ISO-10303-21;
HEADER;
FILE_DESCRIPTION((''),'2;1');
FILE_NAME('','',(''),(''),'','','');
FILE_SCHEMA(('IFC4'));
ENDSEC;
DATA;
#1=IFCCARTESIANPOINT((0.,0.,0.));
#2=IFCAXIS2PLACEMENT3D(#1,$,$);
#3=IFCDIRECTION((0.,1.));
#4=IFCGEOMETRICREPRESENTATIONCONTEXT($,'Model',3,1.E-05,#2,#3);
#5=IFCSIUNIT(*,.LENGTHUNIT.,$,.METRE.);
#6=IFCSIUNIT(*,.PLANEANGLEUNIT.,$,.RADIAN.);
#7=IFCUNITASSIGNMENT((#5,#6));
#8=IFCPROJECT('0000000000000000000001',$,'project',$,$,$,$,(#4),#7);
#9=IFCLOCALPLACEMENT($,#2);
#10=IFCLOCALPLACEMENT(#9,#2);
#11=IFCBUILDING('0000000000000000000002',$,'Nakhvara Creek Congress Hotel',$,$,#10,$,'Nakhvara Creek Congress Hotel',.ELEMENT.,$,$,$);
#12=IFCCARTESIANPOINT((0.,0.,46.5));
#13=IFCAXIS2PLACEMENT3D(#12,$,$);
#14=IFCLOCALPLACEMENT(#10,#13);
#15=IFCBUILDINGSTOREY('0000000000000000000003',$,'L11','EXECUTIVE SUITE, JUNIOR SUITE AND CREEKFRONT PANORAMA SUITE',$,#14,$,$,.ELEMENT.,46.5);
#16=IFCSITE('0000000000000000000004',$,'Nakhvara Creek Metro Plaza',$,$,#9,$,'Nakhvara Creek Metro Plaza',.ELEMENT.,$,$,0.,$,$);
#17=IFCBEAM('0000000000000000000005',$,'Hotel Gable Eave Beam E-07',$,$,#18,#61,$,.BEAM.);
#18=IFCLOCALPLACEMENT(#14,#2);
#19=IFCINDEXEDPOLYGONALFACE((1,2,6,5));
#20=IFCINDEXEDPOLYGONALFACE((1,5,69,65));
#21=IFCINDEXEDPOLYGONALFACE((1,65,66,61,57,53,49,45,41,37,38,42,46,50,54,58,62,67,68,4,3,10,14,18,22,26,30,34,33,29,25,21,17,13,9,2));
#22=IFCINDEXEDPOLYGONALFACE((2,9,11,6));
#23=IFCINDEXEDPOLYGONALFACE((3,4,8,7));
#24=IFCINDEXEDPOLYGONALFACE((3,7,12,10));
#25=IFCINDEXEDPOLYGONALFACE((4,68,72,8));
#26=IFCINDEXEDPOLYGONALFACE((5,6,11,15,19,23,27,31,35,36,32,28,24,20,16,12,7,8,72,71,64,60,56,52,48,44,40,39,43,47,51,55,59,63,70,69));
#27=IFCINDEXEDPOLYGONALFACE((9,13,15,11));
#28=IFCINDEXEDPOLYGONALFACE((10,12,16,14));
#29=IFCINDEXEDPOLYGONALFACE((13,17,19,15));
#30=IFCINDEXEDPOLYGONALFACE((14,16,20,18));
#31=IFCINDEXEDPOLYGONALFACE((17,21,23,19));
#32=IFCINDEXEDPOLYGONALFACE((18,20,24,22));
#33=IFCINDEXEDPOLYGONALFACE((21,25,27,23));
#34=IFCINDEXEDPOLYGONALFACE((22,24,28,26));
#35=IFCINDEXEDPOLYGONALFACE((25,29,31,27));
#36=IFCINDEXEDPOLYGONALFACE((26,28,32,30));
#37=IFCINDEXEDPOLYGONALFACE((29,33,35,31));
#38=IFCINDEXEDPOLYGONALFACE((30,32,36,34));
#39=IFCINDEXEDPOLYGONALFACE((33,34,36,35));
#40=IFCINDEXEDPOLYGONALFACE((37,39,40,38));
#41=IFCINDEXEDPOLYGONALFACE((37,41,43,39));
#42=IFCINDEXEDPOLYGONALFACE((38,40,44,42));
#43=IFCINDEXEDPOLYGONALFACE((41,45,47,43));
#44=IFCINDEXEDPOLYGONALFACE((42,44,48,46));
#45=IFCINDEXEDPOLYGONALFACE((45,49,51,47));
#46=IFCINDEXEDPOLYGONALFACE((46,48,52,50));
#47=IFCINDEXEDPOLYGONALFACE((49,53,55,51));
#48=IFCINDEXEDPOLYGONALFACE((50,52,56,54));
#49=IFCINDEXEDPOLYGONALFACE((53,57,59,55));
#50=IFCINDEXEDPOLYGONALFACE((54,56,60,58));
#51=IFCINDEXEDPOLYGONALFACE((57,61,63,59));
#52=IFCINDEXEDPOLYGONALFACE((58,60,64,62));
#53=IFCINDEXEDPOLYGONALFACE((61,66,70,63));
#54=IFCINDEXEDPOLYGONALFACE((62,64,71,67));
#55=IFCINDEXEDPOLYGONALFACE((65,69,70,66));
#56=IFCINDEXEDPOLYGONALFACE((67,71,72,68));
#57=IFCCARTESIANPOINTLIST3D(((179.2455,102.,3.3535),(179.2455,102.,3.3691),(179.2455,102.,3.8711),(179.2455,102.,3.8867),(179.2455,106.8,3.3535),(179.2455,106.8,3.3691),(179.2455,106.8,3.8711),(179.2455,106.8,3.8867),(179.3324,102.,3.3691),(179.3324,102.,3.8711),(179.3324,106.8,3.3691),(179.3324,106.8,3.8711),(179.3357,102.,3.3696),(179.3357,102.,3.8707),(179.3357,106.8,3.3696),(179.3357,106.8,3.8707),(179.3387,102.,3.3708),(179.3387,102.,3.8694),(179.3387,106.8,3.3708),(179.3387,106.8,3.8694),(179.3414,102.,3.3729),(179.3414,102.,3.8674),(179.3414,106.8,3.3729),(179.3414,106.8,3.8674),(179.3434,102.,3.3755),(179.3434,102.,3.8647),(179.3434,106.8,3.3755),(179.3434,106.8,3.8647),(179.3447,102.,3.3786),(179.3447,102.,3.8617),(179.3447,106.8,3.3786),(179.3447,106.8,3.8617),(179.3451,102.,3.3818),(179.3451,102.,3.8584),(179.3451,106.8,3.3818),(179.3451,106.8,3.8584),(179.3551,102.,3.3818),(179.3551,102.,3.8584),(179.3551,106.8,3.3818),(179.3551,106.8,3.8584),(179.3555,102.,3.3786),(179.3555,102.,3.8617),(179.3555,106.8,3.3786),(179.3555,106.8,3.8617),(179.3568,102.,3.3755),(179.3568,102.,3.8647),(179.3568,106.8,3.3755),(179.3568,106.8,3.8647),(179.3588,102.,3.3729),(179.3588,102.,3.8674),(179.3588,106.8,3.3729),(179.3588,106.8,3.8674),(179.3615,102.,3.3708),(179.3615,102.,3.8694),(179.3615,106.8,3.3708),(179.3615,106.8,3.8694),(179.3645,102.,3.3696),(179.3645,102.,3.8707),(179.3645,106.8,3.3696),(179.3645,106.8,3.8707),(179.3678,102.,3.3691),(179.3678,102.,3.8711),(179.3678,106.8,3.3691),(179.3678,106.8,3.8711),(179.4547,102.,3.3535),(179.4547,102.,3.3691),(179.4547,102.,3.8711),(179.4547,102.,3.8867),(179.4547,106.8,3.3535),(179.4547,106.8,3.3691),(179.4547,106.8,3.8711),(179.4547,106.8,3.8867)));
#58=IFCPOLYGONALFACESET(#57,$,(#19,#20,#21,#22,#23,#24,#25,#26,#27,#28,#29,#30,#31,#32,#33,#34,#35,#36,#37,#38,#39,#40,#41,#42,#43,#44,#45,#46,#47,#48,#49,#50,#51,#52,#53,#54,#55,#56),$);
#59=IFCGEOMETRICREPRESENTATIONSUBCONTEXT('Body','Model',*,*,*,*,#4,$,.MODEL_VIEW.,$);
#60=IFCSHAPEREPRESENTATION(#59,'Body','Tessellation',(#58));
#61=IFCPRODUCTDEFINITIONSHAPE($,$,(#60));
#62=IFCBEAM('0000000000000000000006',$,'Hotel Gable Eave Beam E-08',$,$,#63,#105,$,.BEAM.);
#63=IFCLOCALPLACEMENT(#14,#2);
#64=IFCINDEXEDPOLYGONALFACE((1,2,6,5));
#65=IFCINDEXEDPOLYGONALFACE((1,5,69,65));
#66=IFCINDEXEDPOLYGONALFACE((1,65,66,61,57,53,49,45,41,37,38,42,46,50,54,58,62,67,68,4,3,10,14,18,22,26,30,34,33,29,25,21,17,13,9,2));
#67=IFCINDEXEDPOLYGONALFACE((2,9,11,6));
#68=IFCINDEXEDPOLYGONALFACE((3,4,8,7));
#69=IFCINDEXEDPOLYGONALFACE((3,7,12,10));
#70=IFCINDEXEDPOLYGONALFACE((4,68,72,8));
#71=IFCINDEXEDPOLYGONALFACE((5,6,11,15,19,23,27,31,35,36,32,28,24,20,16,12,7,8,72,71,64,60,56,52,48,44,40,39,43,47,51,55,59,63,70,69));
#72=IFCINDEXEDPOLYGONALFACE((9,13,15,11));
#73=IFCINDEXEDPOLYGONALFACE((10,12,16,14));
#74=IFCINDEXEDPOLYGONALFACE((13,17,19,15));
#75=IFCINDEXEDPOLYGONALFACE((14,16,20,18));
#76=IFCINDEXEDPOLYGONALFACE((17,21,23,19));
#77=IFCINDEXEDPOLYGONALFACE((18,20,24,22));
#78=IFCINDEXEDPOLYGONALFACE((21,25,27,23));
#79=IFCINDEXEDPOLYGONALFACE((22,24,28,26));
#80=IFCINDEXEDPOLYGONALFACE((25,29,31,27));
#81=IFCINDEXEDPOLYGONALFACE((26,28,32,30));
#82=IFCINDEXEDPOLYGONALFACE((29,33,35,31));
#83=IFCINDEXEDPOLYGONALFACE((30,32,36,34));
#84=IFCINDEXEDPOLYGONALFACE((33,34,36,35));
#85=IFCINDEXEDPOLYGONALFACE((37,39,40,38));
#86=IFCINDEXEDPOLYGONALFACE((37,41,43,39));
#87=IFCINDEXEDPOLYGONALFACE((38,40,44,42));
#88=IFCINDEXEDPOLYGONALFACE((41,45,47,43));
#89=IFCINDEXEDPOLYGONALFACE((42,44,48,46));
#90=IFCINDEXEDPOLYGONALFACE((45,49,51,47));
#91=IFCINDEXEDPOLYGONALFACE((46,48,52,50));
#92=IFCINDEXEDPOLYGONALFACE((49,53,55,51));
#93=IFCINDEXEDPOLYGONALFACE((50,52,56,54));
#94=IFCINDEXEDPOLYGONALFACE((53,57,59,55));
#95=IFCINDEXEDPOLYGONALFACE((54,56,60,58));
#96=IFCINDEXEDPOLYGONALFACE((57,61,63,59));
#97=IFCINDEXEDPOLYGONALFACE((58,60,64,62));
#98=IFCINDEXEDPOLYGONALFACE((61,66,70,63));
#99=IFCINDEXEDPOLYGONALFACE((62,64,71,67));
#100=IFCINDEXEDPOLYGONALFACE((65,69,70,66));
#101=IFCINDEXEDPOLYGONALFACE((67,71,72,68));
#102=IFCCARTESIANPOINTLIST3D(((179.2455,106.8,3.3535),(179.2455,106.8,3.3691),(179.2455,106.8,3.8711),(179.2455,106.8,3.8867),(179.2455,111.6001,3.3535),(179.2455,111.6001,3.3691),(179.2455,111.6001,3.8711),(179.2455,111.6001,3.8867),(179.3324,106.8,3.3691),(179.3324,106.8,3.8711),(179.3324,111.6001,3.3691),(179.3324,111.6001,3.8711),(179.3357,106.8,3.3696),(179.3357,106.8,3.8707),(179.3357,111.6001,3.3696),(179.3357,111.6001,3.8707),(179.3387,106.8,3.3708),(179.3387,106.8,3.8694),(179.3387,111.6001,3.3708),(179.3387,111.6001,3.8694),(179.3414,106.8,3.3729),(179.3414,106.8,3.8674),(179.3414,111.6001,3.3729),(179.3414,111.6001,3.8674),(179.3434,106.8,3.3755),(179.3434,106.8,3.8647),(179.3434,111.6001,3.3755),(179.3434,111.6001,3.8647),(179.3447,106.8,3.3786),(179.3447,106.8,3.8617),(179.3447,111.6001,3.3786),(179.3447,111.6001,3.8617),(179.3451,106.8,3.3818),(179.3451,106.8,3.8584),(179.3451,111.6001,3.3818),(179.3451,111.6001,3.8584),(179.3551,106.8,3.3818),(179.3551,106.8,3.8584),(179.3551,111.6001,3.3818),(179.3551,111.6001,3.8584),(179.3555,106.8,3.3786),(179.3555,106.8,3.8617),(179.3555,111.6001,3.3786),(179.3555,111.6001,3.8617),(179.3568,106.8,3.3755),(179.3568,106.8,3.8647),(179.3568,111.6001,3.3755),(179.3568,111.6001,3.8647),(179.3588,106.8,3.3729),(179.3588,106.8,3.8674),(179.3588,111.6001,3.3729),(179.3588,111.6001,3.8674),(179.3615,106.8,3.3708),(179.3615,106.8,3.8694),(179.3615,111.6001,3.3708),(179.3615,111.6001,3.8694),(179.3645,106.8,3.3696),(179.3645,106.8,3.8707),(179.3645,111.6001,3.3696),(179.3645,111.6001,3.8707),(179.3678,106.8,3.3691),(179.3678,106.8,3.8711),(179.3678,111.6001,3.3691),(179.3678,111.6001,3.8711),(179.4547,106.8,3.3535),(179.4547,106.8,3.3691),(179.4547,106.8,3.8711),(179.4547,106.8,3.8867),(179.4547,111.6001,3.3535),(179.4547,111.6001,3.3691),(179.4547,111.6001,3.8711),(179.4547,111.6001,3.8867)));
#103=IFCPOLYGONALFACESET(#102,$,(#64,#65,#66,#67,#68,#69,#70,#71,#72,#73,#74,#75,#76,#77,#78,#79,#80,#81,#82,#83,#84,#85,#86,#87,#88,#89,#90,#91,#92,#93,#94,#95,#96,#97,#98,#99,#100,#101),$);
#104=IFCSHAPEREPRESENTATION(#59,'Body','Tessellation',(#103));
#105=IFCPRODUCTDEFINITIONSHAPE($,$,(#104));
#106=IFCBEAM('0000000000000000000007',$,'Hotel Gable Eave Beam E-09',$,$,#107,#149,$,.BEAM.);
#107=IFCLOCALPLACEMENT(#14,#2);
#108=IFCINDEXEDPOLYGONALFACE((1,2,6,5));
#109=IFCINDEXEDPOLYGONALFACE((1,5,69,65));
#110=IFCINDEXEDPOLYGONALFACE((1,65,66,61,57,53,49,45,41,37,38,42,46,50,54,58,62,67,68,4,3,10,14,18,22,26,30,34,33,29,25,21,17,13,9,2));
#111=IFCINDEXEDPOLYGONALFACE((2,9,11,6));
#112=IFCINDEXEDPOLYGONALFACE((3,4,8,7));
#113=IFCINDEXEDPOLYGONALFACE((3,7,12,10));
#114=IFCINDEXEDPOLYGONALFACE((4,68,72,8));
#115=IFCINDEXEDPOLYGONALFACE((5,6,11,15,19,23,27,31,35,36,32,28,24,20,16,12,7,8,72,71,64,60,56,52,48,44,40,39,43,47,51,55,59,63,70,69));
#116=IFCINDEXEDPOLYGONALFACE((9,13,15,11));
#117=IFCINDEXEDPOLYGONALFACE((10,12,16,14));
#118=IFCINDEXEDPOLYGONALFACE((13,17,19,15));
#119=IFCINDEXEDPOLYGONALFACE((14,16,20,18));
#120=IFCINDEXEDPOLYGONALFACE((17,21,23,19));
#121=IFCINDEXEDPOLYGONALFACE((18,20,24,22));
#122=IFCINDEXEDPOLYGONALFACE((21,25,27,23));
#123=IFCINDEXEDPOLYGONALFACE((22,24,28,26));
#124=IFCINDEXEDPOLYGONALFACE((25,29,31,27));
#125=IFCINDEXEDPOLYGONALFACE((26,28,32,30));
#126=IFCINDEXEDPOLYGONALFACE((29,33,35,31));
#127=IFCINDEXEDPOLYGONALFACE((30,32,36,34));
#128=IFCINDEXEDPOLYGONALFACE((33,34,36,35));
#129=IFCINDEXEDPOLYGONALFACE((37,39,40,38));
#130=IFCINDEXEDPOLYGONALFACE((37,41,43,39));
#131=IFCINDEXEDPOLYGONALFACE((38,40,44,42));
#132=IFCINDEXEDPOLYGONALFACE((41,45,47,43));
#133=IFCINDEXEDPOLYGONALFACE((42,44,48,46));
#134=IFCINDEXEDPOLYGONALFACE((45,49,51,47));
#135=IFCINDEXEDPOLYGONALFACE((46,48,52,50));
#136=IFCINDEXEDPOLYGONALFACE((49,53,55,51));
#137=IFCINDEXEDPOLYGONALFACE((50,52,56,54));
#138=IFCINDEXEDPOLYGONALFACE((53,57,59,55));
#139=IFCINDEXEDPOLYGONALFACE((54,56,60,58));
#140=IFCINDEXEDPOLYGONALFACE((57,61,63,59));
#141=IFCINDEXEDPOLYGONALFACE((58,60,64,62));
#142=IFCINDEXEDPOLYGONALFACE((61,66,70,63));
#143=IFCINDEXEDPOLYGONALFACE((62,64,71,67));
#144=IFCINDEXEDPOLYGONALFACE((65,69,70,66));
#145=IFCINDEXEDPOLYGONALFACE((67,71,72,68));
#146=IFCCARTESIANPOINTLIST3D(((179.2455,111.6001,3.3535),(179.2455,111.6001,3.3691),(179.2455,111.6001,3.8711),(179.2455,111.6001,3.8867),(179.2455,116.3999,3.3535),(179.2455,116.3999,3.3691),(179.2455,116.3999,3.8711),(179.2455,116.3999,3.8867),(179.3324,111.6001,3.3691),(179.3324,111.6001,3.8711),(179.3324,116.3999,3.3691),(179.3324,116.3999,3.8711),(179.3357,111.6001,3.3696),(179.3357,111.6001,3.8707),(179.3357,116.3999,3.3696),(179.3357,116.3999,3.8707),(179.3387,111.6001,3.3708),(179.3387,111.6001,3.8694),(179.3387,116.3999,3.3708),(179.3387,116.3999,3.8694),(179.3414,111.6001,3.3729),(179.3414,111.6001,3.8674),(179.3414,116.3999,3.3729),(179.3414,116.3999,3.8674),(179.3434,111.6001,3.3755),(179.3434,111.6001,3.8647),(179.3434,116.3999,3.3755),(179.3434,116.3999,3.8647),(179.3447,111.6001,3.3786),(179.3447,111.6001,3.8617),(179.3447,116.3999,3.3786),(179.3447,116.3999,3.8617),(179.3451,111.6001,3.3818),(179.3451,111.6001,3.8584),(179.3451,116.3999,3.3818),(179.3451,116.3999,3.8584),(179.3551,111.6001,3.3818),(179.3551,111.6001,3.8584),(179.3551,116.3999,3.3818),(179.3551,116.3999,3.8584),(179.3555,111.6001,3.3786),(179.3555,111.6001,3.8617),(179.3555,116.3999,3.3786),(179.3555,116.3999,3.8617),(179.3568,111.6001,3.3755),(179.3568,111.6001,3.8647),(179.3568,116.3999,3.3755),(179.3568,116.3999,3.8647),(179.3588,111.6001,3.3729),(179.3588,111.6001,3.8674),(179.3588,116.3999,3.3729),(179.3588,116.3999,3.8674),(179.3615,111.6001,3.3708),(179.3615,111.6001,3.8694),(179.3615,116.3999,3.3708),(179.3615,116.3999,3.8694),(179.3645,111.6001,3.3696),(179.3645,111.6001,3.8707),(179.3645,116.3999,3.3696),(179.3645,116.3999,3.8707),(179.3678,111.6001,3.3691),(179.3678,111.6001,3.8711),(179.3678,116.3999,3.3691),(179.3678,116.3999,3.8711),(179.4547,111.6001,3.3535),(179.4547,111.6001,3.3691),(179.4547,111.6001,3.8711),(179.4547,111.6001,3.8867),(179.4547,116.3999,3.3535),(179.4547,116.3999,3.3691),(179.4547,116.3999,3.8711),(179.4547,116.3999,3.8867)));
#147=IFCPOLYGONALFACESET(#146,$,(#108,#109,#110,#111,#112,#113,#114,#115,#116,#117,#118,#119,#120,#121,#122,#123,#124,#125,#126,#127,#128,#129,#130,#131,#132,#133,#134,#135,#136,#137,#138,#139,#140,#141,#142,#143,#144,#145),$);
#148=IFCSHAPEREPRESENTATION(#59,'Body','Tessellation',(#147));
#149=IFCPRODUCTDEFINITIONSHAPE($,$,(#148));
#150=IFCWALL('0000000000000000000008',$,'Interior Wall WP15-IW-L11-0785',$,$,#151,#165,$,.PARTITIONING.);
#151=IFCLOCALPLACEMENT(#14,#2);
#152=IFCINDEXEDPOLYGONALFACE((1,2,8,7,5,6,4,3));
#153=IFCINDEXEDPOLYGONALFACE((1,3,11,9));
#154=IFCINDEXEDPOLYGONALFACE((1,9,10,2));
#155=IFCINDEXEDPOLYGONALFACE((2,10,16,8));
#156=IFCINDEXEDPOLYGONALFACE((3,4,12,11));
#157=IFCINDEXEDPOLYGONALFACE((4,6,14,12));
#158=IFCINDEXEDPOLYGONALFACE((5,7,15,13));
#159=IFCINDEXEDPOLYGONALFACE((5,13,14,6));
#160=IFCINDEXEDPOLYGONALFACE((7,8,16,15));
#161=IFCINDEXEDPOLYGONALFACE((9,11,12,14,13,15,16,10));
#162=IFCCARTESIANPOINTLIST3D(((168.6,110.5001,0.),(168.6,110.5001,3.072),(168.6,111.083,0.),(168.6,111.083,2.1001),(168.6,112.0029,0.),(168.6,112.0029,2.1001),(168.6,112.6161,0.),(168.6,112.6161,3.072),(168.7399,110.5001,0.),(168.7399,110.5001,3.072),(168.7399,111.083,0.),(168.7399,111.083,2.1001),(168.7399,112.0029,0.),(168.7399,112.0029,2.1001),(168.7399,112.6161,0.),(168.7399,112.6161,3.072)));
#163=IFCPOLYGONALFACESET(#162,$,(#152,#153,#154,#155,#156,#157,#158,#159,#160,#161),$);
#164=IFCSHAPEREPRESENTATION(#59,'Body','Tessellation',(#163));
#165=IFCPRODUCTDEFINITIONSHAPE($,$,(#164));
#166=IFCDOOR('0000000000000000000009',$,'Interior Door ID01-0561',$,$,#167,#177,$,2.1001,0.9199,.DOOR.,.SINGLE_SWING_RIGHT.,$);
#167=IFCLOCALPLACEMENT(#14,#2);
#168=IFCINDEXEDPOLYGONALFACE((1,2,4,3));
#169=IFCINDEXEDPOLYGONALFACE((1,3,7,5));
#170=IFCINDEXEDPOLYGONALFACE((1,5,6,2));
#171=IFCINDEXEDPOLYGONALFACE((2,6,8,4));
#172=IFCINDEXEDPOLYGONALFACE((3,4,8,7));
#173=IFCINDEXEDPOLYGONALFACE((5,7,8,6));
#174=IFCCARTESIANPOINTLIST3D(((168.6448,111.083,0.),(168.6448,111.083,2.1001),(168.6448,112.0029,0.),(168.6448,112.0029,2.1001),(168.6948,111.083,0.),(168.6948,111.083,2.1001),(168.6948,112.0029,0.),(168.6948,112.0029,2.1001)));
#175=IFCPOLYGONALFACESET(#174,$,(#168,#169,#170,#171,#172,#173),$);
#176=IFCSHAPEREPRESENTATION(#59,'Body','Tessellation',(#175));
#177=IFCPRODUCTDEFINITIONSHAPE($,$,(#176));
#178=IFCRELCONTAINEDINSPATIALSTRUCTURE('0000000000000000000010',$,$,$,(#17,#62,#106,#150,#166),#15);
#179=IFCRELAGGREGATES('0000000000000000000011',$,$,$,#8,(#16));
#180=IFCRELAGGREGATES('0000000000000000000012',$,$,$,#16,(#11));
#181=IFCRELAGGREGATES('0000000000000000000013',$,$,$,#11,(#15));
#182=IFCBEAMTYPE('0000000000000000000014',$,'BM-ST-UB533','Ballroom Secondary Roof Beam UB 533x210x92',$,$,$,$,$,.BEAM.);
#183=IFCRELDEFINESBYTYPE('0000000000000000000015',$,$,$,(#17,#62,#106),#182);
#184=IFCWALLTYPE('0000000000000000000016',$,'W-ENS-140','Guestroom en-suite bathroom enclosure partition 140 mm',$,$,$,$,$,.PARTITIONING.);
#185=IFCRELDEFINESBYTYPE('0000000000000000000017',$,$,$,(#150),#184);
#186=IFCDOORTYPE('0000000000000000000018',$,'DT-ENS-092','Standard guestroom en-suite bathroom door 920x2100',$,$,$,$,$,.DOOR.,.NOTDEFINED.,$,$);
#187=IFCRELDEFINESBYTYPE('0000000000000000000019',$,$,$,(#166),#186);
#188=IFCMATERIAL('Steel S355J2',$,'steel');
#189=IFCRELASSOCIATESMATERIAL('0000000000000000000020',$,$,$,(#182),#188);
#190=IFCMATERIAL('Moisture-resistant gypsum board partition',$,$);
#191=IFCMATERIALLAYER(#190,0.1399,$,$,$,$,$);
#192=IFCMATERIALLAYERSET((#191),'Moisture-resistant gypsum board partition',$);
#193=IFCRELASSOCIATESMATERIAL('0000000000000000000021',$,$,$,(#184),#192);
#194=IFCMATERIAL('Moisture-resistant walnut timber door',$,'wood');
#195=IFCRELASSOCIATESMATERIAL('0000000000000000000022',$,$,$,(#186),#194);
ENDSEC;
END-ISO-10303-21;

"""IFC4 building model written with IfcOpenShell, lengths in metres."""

from ifc_helpers import new_model, si_unit, direction, frame, frame_2d, origin, origin_2d, place, context, subcontext, project, spatial, rectangle, i_section, extrude, material, layer, layer_set, material_profile, profile_set, type_object, element, fill, save


model = new_model("IFC4")

# Units and contexts
model_context = context("Model", 3, precision=1e-05, world=origin(), true_north=direction((0.0, 1.0)))
body_context = subcontext(model_context, "Body", "Model", "MODEL_VIEW")
ifc_project = project(units=[si_unit("LENGTHUNIT", "METRE"), si_unit("PLANEANGLEUNIT", "RADIAN")], contexts=[model_context])

# Site, building, storey
site_placement = place(None, origin())
site = spatial("IfcSite", under=ifc_project, at=site_placement, Name="Nakhvara Creek Metro Plaza", LongName="Nakhvara Creek Metro Plaza", CompositionType="ELEMENT", RefElevation=0.0)
building_placement = place(site_placement, origin())
building = spatial("IfcBuilding", under=site, at=building_placement, Name="Nakhvara Creek Congress Hotel", LongName="Nakhvara Creek Congress Hotel", CompositionType="ELEMENT")
storey_placement = place(building_placement, frame((0.0, 0.0, 46.5)))
storey = spatial("IfcBuildingStorey", under=building, at=storey_placement, Name="L11", Description="EXECUTIVE SUITE, JUNIOR SUITE AND CREEKFRONT PANORAMA SUITE", CompositionType="ELEMENT", Elevation=46.5)

# Beams
ifc_material_1 = material(Name="Steel S355J2", Category="steel")
ifc_material_profile_1 = material_profile(ifc_material_1, i_section(OverallWidth=0.2092, OverallDepth=0.5332, WebThickness=0.01, FlangeThickness=0.0156, FilletRadius=0.0127, at=origin_2d()), Name="UB 533x210x92", Category="LoadBearing")
ifc_profile_set_1 = profile_set([ifc_material_profile_1], Name="Steel S355J2")
beam_type_1 = type_object("IfcBeamType", Name="BM-ST-UB533", Description="Ballroom Secondary Roof Beam UB 533x210x92", PredefinedType="BEAM", material=ifc_profile_set_1)
for number, where, z_axis, x_axis, name in (
    (1, (179.3501, 102.0, 3.6201), (0.0, 1.0, 0.0), (-1.0, 0.0, 0.0), "Hotel Gable Eave Beam E-07"),
    (2, (179.3501, 106.8, 3.6201), (0.0, 1.0, 0.0), (-1.0, 0.0, 0.0), "Hotel Gable Eave Beam E-08"),
):
    element("IfcBeam", number, at=place(storey_placement, frame(where, z_axis=z_axis, x_axis=x_axis)), inside=storey, type_object=beam_type_1, Name=name, PredefinedType="BEAM", context=body_context, shape_type="SweptSolid", body=[
        extrude(i_section(OverallWidth=0.2092, OverallDepth=0.5332, WebThickness=0.01, FlangeThickness=0.0156, FilletRadius=0.0127, at=origin_2d()), origin(), (0.0, 0.0, 1.0), 4.8),
    ])
beam_1_placement = place(storey_placement, frame((179.3501, 111.6001, 3.6201), z_axis=(0.0, 1.0, 0.0), x_axis=(-1.0, 0.0, 0.0)))
element("IfcBeam", 3, at=beam_1_placement, inside=storey, type_object=beam_type_1, Name="Hotel Gable Eave Beam E-09", PredefinedType="BEAM", context=body_context, shape_type="SweptSolid", body=[
    extrude(i_section(OverallWidth=0.2092, OverallDepth=0.5332, WebThickness=0.01, FlangeThickness=0.0156, FilletRadius=0.0127, at=origin_2d()), origin(), (0.0, 0.0, 1.0), 4.7998),
])

# Wall, opening, door
ifc_material_2 = material(Name="Moisture-resistant gypsum board partition")
ifc_layer_1 = layer(ifc_material_2, 0.1399)
ifc_layer_set_1 = layer_set([ifc_layer_1], Name="Moisture-resistant gypsum board partition")
wall_type_1 = type_object("IfcWallType", Name="W-ENS-140", Description="Guestroom en-suite bathroom enclosure partition 140 mm", PredefinedType="PARTITIONING", material=ifc_layer_set_1)
ifc_material_3 = material(Name="Moisture-resistant walnut timber door", Category="wood")
wall_1_placement = place(storey_placement, frame((168.6699, 110.5, 0.0), z_axis=(0.0, 0.0, 1.0), x_axis=(0.0, 1.0, 0.0)))
wall_1 = element("IfcWall", 4, at=wall_1_placement, inside=storey, type_object=wall_type_1, Name="Interior Wall WP15-IW-L11-0785", PredefinedType="PARTITIONING", context=body_context, shape_type="SweptSolid", body=[
    extrude(rectangle(XDim=2.116, YDim=0.1399, at=frame_2d((1.0581, 0.0))), origin(), (0.0, 0.0, 1.0), 3.072),
])
opening_1_placement = place(wall_1_placement, frame((0.583, 0.0, 0.0)))
opening_1 = element("IfcOpeningElement", 5, at=opening_1_placement, cuts=wall_1, PredefinedType="OPENING", context=body_context, shape_type="SweptSolid", body=[
    extrude(rectangle(XDim=0.9199, YDim=2.1001, at=frame_2d((0.46, 1.05))), frame((0.0, 0.082, 0.0), z_axis=(0.0, -1.0, 0.0), x_axis=(1.0, 0.0, 0.0)), (0.0, 0.0, 1.0), 0.1638),
])
door_type_1 = type_object("IfcDoorType", Name="DT-ENS-092", Description="Standard guestroom en-suite bathroom door 920x2100", OperationType="NOTDEFINED", PredefinedType="DOOR", material=ifc_material_3)
door_1_placement = place(opening_1_placement, frame((0.9199, 0.0, 0.0), z_axis=(0.0, 0.0, 1.0), x_axis=(-1.0, 0.0, 0.0)))
door_1 = element("IfcDoor", 6, at=door_1_placement, inside=storey, type_object=door_type_1, Name="Interior Door ID01-0561", OperationType="SINGLE_SWING_RIGHT", OverallHeight=2.1001, OverallWidth=0.9199, PredefinedType="DOOR", context=body_context, shape_type="SweptSolid", body=[
    extrude(rectangle(XDim=0.9199, YDim=2.1001, at=frame_2d((0.46, 1.05))), frame((0.0, 0.0249, 0.0), z_axis=(0.0, -1.0, 0.0), x_axis=(1.0, 0.0, 0.0)), (0.0, 0.0, 1.0), 0.05),
])
fill(opening_1, door_1)

save(model, "model.ifc")
